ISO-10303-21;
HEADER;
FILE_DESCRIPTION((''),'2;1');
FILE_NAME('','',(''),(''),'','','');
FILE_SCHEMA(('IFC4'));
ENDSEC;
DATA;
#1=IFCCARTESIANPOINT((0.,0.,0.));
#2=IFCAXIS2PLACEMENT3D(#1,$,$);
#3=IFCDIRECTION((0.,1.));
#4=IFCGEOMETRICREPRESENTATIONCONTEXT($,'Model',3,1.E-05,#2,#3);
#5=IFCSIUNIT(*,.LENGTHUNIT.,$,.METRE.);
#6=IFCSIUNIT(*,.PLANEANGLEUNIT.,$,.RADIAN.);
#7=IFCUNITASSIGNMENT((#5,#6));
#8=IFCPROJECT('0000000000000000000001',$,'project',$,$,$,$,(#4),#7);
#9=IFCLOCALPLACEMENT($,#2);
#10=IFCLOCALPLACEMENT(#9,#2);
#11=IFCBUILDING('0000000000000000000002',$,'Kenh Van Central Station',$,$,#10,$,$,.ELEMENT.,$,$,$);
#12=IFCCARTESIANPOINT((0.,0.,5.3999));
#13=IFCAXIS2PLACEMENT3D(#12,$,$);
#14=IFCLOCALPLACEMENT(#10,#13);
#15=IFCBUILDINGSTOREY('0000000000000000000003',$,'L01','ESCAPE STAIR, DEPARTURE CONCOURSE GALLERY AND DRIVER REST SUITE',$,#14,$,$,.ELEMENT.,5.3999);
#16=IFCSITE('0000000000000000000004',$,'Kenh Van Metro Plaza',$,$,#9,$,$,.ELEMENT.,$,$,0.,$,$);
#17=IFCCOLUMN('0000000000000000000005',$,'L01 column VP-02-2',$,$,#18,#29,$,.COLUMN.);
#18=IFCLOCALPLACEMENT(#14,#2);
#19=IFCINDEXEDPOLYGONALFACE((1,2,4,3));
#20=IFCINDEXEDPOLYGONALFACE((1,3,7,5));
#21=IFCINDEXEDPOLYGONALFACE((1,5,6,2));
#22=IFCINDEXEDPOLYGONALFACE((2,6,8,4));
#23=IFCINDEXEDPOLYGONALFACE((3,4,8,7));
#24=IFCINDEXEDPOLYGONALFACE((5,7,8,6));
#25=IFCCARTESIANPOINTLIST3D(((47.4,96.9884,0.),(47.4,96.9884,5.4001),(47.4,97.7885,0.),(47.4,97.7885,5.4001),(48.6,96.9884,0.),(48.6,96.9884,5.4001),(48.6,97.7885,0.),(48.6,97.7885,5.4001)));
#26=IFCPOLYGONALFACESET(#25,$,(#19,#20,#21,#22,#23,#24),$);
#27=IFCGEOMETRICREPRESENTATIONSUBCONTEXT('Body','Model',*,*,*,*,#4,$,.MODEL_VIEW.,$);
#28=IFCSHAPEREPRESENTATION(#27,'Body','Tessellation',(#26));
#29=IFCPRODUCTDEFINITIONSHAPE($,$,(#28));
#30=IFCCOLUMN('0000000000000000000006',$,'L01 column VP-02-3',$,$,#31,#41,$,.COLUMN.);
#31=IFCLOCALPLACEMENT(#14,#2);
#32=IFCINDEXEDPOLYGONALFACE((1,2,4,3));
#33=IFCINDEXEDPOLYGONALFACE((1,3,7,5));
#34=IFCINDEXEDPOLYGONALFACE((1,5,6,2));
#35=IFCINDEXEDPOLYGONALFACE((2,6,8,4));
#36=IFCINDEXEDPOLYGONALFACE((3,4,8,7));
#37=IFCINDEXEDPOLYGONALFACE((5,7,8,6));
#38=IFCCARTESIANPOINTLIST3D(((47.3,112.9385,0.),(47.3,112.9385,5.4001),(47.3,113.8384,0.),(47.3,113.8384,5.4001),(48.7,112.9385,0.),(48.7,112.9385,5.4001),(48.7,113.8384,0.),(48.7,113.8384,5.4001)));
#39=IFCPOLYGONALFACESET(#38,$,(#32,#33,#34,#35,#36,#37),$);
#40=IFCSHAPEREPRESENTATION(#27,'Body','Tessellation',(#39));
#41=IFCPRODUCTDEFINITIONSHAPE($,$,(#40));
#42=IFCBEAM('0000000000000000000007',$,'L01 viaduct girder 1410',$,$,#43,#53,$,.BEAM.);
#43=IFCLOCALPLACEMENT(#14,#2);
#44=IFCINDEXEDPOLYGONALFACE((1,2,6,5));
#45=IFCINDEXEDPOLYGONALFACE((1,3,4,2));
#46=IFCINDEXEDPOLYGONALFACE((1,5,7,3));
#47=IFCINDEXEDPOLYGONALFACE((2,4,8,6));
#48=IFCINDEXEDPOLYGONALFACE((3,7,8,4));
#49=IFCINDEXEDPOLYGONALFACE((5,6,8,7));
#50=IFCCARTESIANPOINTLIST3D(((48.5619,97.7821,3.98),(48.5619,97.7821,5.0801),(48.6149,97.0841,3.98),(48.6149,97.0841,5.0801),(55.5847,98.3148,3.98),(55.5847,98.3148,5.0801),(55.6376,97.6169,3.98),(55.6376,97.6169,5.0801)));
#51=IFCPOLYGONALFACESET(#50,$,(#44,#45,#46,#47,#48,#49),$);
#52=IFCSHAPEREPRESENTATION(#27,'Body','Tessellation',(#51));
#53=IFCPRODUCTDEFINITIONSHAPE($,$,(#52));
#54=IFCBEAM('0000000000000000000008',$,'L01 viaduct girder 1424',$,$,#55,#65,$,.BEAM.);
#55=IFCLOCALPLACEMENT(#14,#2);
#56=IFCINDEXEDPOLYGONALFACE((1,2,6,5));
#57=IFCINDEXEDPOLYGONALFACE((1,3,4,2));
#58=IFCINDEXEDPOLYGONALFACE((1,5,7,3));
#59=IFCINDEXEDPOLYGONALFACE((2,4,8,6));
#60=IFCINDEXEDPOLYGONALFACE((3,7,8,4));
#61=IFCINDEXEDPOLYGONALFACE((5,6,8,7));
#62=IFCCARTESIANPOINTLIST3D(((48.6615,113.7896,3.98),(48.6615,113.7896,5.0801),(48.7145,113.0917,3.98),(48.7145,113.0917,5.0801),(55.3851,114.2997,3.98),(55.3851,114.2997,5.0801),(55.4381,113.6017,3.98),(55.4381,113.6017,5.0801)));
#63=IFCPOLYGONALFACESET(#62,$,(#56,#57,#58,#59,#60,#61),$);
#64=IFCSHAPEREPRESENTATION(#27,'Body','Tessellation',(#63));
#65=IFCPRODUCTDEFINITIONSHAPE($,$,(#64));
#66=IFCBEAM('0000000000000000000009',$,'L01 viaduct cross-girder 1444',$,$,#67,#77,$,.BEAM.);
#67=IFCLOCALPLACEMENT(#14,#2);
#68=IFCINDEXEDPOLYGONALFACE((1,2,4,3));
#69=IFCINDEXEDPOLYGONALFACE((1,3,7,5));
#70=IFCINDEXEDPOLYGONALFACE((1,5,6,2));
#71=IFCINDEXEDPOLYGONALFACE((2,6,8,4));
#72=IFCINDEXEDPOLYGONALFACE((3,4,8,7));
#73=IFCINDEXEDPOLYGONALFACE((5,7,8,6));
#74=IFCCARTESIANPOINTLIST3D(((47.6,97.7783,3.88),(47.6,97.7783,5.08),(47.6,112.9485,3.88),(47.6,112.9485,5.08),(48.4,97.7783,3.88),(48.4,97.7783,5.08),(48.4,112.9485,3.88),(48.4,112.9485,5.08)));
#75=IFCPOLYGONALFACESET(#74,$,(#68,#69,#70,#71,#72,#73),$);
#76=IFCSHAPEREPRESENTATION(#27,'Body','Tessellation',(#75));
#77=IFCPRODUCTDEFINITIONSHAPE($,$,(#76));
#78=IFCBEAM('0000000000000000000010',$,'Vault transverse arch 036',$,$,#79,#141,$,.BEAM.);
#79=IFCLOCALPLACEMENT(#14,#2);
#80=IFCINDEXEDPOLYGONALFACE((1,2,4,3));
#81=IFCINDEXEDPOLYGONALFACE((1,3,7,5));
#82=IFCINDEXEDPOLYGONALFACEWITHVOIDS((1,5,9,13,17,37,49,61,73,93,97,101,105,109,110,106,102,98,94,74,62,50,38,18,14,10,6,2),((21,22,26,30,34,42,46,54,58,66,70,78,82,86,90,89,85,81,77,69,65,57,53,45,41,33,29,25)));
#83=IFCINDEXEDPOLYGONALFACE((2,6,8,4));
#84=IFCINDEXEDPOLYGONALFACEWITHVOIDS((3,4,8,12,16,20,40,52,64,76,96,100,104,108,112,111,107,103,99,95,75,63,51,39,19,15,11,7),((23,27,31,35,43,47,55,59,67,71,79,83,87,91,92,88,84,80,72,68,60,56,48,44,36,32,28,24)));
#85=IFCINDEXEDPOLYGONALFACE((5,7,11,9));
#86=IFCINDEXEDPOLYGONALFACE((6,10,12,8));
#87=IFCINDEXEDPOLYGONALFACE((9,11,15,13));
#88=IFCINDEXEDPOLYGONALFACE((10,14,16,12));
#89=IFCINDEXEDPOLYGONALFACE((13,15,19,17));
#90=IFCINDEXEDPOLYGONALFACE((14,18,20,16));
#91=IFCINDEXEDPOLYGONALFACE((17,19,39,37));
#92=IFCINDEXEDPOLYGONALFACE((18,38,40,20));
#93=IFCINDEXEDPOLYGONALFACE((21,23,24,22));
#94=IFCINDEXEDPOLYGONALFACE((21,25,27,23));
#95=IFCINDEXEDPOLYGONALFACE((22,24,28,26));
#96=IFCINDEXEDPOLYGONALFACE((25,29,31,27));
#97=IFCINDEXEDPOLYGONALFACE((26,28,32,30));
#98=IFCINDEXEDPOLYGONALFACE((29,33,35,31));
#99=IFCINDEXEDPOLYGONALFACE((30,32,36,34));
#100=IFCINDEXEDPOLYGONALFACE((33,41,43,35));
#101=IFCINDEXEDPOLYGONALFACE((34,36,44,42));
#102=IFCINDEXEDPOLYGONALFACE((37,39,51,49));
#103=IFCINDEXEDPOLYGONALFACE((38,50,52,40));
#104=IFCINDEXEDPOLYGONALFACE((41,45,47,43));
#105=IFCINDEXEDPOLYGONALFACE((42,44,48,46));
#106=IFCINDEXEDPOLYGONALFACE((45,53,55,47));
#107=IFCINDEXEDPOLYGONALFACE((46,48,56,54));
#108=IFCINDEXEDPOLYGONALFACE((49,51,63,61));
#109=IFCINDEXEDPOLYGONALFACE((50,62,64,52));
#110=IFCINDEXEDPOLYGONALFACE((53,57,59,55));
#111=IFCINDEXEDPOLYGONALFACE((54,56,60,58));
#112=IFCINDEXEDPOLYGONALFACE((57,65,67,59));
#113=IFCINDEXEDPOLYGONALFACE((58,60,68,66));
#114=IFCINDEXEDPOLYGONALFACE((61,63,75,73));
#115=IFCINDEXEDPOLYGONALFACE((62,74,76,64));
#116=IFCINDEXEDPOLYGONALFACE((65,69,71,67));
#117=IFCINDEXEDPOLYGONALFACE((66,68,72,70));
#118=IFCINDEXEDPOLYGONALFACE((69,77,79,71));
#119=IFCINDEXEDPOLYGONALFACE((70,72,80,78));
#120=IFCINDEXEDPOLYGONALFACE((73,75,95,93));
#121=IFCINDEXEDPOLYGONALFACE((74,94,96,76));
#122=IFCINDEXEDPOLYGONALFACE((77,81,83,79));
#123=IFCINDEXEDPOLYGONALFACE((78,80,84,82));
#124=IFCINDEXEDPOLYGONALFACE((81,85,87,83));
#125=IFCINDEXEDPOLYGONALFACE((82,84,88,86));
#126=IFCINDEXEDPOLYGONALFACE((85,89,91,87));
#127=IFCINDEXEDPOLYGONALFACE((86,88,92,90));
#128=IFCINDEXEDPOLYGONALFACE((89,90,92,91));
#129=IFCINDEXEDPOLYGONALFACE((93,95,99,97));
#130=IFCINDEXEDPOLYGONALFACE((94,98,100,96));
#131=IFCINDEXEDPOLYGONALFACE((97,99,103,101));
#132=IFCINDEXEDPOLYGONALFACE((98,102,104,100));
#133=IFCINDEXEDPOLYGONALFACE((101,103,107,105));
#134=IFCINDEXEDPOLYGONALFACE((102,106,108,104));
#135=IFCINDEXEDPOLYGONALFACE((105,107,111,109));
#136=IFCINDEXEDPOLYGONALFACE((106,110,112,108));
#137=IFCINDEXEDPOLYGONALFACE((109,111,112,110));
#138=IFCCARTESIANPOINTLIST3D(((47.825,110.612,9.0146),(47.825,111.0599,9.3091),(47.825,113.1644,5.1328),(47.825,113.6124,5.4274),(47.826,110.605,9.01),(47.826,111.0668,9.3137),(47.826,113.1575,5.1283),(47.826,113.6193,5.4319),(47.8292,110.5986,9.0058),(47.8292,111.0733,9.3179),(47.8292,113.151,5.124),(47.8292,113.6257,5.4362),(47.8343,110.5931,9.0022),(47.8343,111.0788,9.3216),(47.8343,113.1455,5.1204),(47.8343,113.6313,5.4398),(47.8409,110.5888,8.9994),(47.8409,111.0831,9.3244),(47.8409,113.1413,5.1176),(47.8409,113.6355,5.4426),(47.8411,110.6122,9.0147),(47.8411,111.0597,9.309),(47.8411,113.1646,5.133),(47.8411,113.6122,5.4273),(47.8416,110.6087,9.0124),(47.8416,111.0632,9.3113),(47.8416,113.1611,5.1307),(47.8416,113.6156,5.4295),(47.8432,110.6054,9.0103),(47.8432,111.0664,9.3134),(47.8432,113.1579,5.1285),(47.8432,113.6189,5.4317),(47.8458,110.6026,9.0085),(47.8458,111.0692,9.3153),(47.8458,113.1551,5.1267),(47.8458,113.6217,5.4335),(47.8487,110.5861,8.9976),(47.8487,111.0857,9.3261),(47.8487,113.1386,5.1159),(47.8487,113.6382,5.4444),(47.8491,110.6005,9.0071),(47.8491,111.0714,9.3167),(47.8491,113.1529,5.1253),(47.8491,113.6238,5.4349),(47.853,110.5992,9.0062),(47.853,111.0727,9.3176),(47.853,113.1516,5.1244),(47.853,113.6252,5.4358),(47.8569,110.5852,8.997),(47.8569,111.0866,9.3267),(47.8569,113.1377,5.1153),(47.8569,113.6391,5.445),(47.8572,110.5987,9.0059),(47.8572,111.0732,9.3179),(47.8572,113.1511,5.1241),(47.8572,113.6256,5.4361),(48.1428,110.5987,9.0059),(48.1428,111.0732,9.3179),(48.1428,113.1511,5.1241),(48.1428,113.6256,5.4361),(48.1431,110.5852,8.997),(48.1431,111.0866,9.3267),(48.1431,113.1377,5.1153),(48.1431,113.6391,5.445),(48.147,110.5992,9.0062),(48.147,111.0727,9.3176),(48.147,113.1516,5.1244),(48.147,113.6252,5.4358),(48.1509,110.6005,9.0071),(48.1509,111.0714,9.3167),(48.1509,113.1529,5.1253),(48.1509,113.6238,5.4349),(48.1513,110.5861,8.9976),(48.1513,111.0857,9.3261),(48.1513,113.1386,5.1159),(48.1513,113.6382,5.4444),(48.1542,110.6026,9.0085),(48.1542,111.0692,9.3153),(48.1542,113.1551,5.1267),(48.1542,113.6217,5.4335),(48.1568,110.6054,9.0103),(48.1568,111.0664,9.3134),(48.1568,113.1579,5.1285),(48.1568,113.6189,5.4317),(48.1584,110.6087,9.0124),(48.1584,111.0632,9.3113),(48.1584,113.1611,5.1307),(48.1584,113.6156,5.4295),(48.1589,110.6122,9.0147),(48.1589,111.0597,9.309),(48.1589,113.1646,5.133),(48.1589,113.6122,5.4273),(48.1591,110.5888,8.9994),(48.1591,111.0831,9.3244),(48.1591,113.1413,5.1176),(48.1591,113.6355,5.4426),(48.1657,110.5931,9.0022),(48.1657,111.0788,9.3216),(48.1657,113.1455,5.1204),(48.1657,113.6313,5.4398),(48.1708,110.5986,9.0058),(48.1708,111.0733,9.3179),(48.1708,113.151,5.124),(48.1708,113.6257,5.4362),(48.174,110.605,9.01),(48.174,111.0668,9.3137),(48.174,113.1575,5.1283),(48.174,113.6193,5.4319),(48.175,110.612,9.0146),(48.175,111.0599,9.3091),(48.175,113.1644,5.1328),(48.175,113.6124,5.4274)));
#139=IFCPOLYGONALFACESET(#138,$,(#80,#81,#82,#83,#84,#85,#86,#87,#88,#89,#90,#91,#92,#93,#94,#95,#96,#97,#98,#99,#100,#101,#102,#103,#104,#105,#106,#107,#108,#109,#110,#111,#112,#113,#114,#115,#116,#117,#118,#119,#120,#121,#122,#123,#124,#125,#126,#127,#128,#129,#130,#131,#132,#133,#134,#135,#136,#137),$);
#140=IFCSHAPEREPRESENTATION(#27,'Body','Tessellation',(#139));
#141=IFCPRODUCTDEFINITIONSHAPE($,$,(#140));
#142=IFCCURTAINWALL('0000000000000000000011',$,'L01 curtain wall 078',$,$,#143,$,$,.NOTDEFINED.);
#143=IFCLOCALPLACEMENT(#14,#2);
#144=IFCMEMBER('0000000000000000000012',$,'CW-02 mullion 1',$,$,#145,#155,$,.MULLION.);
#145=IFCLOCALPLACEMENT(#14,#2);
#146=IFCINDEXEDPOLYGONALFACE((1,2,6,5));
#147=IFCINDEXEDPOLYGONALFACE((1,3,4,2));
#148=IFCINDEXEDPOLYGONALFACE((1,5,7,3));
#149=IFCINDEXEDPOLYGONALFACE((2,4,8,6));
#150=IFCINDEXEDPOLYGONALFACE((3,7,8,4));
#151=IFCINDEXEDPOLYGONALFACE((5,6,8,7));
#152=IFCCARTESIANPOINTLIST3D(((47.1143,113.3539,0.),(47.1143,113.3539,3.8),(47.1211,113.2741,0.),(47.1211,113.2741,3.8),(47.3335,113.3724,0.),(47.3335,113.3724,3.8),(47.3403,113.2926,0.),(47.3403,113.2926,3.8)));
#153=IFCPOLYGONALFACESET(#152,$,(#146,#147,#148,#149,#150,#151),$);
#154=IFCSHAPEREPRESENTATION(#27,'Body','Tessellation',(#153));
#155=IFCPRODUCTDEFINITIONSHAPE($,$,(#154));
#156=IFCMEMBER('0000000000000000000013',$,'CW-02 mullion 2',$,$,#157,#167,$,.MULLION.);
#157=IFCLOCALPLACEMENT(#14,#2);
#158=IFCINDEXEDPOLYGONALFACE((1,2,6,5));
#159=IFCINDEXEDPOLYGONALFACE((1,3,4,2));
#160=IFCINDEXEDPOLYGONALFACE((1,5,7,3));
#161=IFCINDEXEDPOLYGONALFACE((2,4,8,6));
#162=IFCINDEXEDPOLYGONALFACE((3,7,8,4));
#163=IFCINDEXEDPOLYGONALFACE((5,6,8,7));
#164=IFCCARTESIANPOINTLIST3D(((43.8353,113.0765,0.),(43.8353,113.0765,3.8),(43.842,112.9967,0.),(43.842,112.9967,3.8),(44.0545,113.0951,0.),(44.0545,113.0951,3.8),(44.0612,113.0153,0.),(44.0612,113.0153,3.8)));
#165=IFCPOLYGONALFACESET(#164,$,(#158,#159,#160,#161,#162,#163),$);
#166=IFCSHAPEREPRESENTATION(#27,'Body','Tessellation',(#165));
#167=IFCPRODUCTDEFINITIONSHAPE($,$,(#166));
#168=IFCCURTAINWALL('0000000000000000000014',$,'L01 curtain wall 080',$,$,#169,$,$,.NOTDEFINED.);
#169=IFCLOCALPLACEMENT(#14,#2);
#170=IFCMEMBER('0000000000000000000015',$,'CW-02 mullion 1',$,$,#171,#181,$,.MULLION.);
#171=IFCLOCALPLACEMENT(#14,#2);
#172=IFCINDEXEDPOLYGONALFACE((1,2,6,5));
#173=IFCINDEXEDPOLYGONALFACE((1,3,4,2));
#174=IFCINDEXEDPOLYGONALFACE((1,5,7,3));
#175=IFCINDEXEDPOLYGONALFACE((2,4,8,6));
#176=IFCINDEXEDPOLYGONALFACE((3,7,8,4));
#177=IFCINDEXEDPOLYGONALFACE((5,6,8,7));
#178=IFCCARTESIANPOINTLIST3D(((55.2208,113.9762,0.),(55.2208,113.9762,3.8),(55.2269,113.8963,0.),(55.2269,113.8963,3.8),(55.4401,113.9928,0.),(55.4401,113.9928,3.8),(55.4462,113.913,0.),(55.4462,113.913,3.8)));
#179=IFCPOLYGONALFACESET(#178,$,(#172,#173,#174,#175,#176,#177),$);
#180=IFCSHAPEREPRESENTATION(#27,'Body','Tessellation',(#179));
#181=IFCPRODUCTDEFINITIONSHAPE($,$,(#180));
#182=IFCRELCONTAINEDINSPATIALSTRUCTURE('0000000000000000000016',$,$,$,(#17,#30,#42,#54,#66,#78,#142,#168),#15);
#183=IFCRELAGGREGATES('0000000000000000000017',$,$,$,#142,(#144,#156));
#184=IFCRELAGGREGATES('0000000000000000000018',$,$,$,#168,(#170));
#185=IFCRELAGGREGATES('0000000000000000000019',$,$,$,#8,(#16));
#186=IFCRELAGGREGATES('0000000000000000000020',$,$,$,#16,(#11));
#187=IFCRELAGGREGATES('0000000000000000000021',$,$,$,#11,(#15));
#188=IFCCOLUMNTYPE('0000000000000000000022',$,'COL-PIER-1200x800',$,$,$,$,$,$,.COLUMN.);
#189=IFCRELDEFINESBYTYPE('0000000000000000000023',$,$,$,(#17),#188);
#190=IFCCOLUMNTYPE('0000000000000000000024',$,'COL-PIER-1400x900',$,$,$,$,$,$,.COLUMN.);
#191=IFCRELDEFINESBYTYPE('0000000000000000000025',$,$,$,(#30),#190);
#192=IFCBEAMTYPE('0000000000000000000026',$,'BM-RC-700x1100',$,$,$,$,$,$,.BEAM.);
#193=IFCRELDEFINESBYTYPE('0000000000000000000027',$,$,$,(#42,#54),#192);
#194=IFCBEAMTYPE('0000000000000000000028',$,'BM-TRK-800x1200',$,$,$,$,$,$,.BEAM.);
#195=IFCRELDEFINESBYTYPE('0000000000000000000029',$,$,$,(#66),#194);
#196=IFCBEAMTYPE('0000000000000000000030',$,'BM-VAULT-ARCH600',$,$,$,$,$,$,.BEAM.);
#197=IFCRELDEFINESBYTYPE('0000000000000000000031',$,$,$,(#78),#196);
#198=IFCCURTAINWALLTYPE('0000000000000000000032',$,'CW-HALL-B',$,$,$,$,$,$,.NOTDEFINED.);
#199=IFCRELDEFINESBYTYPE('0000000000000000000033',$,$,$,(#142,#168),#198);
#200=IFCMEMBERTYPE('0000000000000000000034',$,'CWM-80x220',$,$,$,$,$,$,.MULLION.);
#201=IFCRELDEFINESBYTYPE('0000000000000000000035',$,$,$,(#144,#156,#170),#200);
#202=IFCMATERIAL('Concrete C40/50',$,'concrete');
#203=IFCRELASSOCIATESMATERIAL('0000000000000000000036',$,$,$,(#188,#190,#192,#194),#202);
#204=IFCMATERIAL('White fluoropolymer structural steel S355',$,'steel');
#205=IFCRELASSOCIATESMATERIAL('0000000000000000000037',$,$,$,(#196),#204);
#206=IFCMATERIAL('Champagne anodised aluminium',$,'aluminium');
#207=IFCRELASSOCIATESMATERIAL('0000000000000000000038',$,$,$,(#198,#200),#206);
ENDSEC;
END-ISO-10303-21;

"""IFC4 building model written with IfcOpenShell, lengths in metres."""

from ifc_helpers import new_model, si_unit, direction, frame, origin, origin_2d, place, context, subcontext, project, spatial, rectangle, hollow_rectangle, extrude, material, material_profile, profile_set, type_object, element, aggregate, save


model = new_model("IFC4")

# Units and contexts
model_context = context("Model", 3, precision=1e-05, world=origin(), true_north=direction((0.0, 1.0)))
body_context = subcontext(model_context, "Body", "Model", "MODEL_VIEW")
ifc_project = project(units=[si_unit("LENGTHUNIT", "METRE"), si_unit("PLANEANGLEUNIT", "RADIAN")], contexts=[model_context])

# Site, building, storey
site_placement = place(None, origin())
site = spatial("IfcSite", under=ifc_project, at=site_placement, Name="Kenh Van Metro Plaza", CompositionType="ELEMENT", RefElevation=0.0)
building_placement = place(site_placement, origin())
building = spatial("IfcBuilding", under=site, at=building_placement, Name="Kenh Van Central Station", CompositionType="ELEMENT")
storey_placement = place(building_placement, frame((0.0, 0.0, 5.3999)))
storey = spatial("IfcBuildingStorey", under=building, at=storey_placement, Name="L01", Description="ESCAPE STAIR, DEPARTURE CONCOURSE GALLERY AND DRIVER REST SUITE", CompositionType="ELEMENT", Elevation=5.3999)

# Columns
ifc_material_1 = material(Name="Concrete C40/50", Category="concrete")
ifc_material_profile_1 = material_profile(ifc_material_1, rectangle(XDim=1.2, YDim=0.8, at=origin_2d()), Name="RC 1200x800")
ifc_profile_set_1 = profile_set([ifc_material_profile_1], Name="Concrete C40/50")
column_type_1 = type_object("IfcColumnType", Name="COL-PIER-1200x800", PredefinedType="COLUMN", material=ifc_profile_set_1)
column_1_placement = place(storey_placement, frame((48.0, 97.3884, 0.0), z_axis=(0.0, 0.0, 1.0), x_axis=(1.0, 0.0, 0.0)))
element("IfcColumn", 1, at=column_1_placement, inside=storey, type_object=column_type_1, Name="L01 column VP-02-2", PredefinedType="COLUMN", context=body_context, shape_type="SweptSolid", body=[
    extrude(rectangle(XDim=1.2, YDim=0.8, at=origin_2d()), origin(), (0.0, 0.0, 1.0), 5.4001),
])
ifc_material_profile_2 = material_profile(ifc_material_1, rectangle(XDim=1.3999, YDim=0.8999, at=origin_2d()), Name="RC 1400x900")
ifc_profile_set_2 = profile_set([ifc_material_profile_2], Name="Concrete C40/50")
column_type_2 = type_object("IfcColumnType", Name="COL-PIER-1400x900", PredefinedType="COLUMN", material=ifc_profile_set_2)
column_2_placement = place(storey_placement, frame((48.0, 113.3884, 0.0), z_axis=(0.0, 0.0, 1.0), x_axis=(1.0, 0.0, 0.0)))
element("IfcColumn", 2, at=column_2_placement, inside=storey, type_object=column_type_2, Name="L01 column VP-02-3", PredefinedType="COLUMN", context=body_context, shape_type="SweptSolid", body=[
    extrude(rectangle(XDim=1.3999, YDim=0.8999, at=origin_2d()), origin(), (0.0, 0.0, 1.0), 5.4001),
])

# Beams
ifc_material_profile_3 = material_profile(ifc_material_1, rectangle(XDim=0.7, YDim=1.1001, at=origin_2d()), Name="RC 700x1100")
ifc_profile_set_3 = profile_set([ifc_material_profile_3], Name="Concrete C40/50")
beam_type_1 = type_object("IfcBeamType", Name="BM-RC-700x1100", PredefinedType="BEAM", material=ifc_profile_set_3)
beam_1_placement = place(storey_placement, frame((48.5884, 97.4331, 4.53), z_axis=(0.997135, 0.075639, 0.0), x_axis=(-0.075639, 0.997135, 0.0)))
element("IfcBeam", 3, at=beam_1_placement, inside=storey, type_object=beam_type_1, Name="L01 viaduct girder 1410", PredefinedType="BEAM", context=body_context, shape_type="SweptSolid", body=[
    extrude(rectangle(XDim=0.7, YDim=1.1001, at=origin_2d()), origin(), (0.0, 0.0, 1.0), 7.043),
])
beam_2_placement = place(storey_placement, frame((48.688, 113.4407, 4.53), z_axis=(0.997135, 0.075636, 0.0), x_axis=(-0.075636, 0.997135, 0.0)))
element("IfcBeam", 4, at=beam_2_placement, inside=storey, type_object=beam_type_1, Name="L01 viaduct girder 1424", PredefinedType="BEAM", context=body_context, shape_type="SweptSolid", body=[
    extrude(rectangle(XDim=0.7, YDim=1.1001, at=origin_2d()), origin(), (0.0, 0.0, 1.0), 6.7429),
])
ifc_material_profile_4 = material_profile(ifc_material_1, rectangle(XDim=0.8, YDim=1.2, at=origin_2d()), Name="RC 800x1200")
ifc_profile_set_4 = profile_set([ifc_material_profile_4], Name="Concrete C40/50")
beam_type_2 = type_object("IfcBeamType", Name="BM-TRK-800x1200", PredefinedType="BEAM", material=ifc_profile_set_4)
beam_3_placement = place(storey_placement, frame((48.0, 97.7783, 4.48), z_axis=(0.0, 1.0, 0.0), x_axis=(-1.0, 0.0, 0.0)))
element("IfcBeam", 5, at=beam_3_placement, inside=storey, type_object=beam_type_2, Name="L01 viaduct cross-girder 1444", PredefinedType="BEAM", context=body_context, shape_type="SweptSolid", body=[
    extrude(rectangle(XDim=0.8, YDim=1.2, at=origin_2d()), origin(), (0.0, 0.0, 1.0), 15.1702),
])
ifc_material_2 = material(Name="White fluoropolymer structural steel S355", Category="steel")
ifc_material_profile_5 = material_profile(ifc_material_2, hollow_rectangle(XDim=0.3501, YDim=0.6001, WallThickness=0.0161, InnerFilletRadius=0.0161, OuterFilletRadius=0.032, at=origin_2d()), Name="RHS 600x350x16")
ifc_profile_set_5 = profile_set([ifc_material_profile_5], Name="White fluoropolymer structural steel S355")
beam_type_3 = type_object("IfcBeamType", Name="BM-VAULT-ARCH600", PredefinedType="BEAM", material=ifc_profile_set_5)
beam_4_placement = place(storey_placement, frame((48.0, 110.8359, 9.1619), z_axis=(0.0, 0.549414, -0.83555), x_axis=(-1.0, 0.0, 0.0)))
element("IfcBeam", 6, at=beam_4_placement, inside=storey, type_object=beam_type_3, Name="Vault transverse arch 036", PredefinedType="BEAM", context=body_context, shape_type="SweptSolid", body=[
    extrude(hollow_rectangle(XDim=0.3501, YDim=0.6001, WallThickness=0.0161, InnerFilletRadius=0.0161, OuterFilletRadius=0.032, at=origin_2d()), origin(), (0.0, 0.0, 1.0), 4.6458),
])

# Curtain walls, members
ifc_material_3 = material(Name="Champagne anodised aluminium", Category="aluminium")
curtain_wall_type = type_object("IfcCurtainWallType", Name="CW-HALL-B", PredefinedType="NOTDEFINED", material=ifc_material_3)
curtain_wall_1_placement = place(storey_placement, origin())
curtain_wall_1 = element("IfcCurtainWall", 7, at=curtain_wall_1_placement, inside=storey, type_object=curtain_wall_type, Name="L01 curtain wall 078", PredefinedType="NOTDEFINED")
ifc_material_profile_6 = material_profile(ifc_material_3, rectangle(XDim=0.0801, YDim=0.22, at=origin_2d()), Name="AL 80x220")
ifc_profile_set_6 = profile_set([ifc_material_profile_6], Name="Champagne anodised aluminium")
member_type_1 = type_object("IfcMemberType", Name="CWM-80x220", PredefinedType="MULLION", material=ifc_profile_set_6)
member_1_placement = place(storey_placement, frame((47.2273, 113.3232, 0.0), z_axis=(0.0, 0.0, 1.0), x_axis=(0.084244, -0.996445, 0.0)))
member_1 = element("IfcMember", 8, at=member_1_placement, type_object=member_type_1, Name="CW-02 mullion 1", PredefinedType="MULLION", context=body_context, shape_type="SweptSolid", body=[
    extrude(rectangle(XDim=0.0801, YDim=0.22, at=origin_2d()), origin(), (0.0, 0.0, 1.0), 3.8),
])
member_2_placement = place(storey_placement, frame((43.9482, 113.0459, 0.0), z_axis=(0.0, 0.0, 1.0), x_axis=(0.084244, -0.996445, 0.0)))
member_2 = element("IfcMember", 9, at=member_2_placement, type_object=member_type_1, Name="CW-02 mullion 2", PredefinedType="MULLION", context=body_context, shape_type="SweptSolid", body=[
    extrude(rectangle(XDim=0.0801, YDim=0.22, at=origin_2d()), origin(), (0.0, 0.0, 1.0), 3.8),
])
curtain_wall_2_placement = place(storey_placement, origin())
curtain_wall_2 = element("IfcCurtainWall", 10, at=curtain_wall_2_placement, inside=storey, type_object=curtain_wall_type, Name="L01 curtain wall 080", PredefinedType="NOTDEFINED")
member_3_placement = place(storey_placement, frame((55.3335, 113.9446, 0.0), z_axis=(0.0, 0.0, 1.0), x_axis=(0.075632, -0.997136, 0.0)))
member_3 = element("IfcMember", 11, at=member_3_placement, type_object=member_type_1, Name="CW-02 mullion 1", PredefinedType="MULLION", context=body_context, shape_type="SweptSolid", body=[
    extrude(rectangle(XDim=0.0801, YDim=0.22, at=origin_2d()), origin(), (0.0, 0.0, 1.0), 3.8),
])

aggregate(curtain_wall_1, [member_1, member_2])
aggregate(curtain_wall_2, [member_3])

save(model, "model.ifc")
